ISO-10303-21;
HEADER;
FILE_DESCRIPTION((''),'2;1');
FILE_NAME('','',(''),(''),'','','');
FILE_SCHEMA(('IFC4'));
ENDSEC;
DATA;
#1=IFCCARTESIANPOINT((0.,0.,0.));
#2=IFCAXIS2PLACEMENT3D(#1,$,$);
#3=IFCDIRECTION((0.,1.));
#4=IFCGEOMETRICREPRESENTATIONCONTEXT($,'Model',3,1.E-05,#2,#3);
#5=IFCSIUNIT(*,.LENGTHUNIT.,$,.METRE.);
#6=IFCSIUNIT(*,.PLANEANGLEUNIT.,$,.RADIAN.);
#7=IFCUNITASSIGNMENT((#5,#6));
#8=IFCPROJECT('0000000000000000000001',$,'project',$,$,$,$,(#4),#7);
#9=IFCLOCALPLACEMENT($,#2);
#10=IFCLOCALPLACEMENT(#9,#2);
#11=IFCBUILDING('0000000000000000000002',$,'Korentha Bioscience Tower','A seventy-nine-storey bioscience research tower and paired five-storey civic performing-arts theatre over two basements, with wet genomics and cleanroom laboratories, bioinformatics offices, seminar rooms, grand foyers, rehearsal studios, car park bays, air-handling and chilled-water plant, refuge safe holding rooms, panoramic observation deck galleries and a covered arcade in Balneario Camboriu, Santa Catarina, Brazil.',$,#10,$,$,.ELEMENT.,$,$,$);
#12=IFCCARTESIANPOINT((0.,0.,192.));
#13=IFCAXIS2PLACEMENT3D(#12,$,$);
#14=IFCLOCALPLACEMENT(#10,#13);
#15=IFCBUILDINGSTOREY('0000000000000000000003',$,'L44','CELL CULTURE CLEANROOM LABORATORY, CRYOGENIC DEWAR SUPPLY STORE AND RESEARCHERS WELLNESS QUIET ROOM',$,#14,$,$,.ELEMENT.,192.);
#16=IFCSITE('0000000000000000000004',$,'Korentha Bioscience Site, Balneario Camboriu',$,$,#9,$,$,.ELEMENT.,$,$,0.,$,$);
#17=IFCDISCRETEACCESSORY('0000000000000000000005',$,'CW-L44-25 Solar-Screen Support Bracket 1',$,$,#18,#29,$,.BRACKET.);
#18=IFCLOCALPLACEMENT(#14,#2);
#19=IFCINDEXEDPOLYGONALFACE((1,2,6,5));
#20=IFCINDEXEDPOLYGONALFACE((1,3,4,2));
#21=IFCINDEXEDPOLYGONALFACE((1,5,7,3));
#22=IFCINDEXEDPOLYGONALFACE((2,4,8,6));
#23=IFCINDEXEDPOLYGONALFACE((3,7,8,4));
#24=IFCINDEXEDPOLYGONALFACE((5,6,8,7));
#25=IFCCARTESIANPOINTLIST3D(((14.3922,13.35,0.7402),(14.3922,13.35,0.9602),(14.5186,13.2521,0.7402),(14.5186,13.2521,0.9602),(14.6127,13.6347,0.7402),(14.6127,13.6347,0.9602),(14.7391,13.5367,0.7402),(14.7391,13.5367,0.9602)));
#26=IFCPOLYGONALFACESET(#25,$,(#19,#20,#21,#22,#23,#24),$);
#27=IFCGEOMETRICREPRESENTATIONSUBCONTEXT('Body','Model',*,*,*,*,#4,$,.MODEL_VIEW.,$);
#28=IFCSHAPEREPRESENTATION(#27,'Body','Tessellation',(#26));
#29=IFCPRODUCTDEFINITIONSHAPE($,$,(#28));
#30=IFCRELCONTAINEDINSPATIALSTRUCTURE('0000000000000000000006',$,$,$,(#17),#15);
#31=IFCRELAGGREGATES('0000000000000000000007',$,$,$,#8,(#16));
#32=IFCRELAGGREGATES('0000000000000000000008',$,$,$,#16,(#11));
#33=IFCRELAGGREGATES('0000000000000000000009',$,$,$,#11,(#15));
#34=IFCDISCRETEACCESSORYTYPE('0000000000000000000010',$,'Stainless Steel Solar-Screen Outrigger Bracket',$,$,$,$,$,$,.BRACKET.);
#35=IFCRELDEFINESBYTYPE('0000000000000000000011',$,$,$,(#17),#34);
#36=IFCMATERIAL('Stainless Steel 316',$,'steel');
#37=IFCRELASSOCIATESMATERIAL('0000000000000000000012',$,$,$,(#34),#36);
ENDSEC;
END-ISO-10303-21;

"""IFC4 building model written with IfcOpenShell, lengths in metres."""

from ifc_helpers import new_model, si_unit, direction, frame, origin, origin_2d, place, context, subcontext, project, spatial, rectangle, extrude, material, type_object, element, save


model = new_model("IFC4")

# Units and contexts
model_context = context("Model", 3, precision=1e-05, world=origin(), true_north=direction((0.0, 1.0)))
body_context = subcontext(model_context, "Body", "Model", "MODEL_VIEW")
ifc_project = project(units=[si_unit("LENGTHUNIT", "METRE"), si_unit("PLANEANGLEUNIT", "RADIAN")], contexts=[model_context])

# Site, building, storey
site_placement = place(None, origin())
site = spatial("IfcSite", under=ifc_project, at=site_placement, Name="Korentha Bioscience Site, Balneario Camboriu", CompositionType="ELEMENT", RefElevation=0.0)
building_placement = place(site_placement, origin())
building = spatial("IfcBuilding", under=site, at=building_placement, Name="Korentha Bioscience Tower", Description="A seventy-nine-storey bioscience research tower and paired five-storey civic performing-arts theatre over two basements, with wet genomics and cleanroom laboratories, bioinformatics offices, seminar rooms, grand foyers, rehearsal studios, car park bays, air-handling and chilled-water plant, refuge safe holding rooms, panoramic observation deck galleries and a covered arcade in Balneario Camboriu, Santa Catarina, Brazil.", CompositionType="ELEMENT")
storey_placement = place(building_placement, frame((0.0, 0.0, 192.0)))
storey = spatial("IfcBuildingStorey", under=building, at=storey_placement, Name="L44", Description="CELL CULTURE CLEANROOM LABORATORY, CRYOGENIC DEWAR SUPPLY STORE AND RESEARCHERS WELLNESS QUIET ROOM", CompositionType="ELEMENT", Elevation=192.0)

# Discrete accessory
ifc_material_1 = material(Name="Stainless Steel 316", Category="steel")
discrete_accessory_type = type_object("IfcDiscreteAccessoryType", Name="Stainless Steel Solar-Screen Outrigger Bracket", PredefinedType="BRACKET", material=ifc_material_1)
for number, where, z_axis, x_axis, name in (
    (1, (14.5657, 13.4434, 0.7402), (0.0, 0.0, 1.0), (0.790547, -0.612402, 0.0), "CW-L44-25 Solar-Screen Support Bracket 1"),
):
    element("IfcDiscreteAccessory", number, at=place(storey_placement, frame(where, z_axis=z_axis, x_axis=x_axis)), inside=storey, type_object=discrete_accessory_type, Name=name, PredefinedType="BRACKET", context=body_context, shape_type="SweptSolid", body=[
        extrude(rectangle(XDim=0.1599, YDim=0.3601, at=origin_2d()), origin(), (0.0, 0.0, 1.0), 0.22),
    ])

save(model, "model.ifc")
